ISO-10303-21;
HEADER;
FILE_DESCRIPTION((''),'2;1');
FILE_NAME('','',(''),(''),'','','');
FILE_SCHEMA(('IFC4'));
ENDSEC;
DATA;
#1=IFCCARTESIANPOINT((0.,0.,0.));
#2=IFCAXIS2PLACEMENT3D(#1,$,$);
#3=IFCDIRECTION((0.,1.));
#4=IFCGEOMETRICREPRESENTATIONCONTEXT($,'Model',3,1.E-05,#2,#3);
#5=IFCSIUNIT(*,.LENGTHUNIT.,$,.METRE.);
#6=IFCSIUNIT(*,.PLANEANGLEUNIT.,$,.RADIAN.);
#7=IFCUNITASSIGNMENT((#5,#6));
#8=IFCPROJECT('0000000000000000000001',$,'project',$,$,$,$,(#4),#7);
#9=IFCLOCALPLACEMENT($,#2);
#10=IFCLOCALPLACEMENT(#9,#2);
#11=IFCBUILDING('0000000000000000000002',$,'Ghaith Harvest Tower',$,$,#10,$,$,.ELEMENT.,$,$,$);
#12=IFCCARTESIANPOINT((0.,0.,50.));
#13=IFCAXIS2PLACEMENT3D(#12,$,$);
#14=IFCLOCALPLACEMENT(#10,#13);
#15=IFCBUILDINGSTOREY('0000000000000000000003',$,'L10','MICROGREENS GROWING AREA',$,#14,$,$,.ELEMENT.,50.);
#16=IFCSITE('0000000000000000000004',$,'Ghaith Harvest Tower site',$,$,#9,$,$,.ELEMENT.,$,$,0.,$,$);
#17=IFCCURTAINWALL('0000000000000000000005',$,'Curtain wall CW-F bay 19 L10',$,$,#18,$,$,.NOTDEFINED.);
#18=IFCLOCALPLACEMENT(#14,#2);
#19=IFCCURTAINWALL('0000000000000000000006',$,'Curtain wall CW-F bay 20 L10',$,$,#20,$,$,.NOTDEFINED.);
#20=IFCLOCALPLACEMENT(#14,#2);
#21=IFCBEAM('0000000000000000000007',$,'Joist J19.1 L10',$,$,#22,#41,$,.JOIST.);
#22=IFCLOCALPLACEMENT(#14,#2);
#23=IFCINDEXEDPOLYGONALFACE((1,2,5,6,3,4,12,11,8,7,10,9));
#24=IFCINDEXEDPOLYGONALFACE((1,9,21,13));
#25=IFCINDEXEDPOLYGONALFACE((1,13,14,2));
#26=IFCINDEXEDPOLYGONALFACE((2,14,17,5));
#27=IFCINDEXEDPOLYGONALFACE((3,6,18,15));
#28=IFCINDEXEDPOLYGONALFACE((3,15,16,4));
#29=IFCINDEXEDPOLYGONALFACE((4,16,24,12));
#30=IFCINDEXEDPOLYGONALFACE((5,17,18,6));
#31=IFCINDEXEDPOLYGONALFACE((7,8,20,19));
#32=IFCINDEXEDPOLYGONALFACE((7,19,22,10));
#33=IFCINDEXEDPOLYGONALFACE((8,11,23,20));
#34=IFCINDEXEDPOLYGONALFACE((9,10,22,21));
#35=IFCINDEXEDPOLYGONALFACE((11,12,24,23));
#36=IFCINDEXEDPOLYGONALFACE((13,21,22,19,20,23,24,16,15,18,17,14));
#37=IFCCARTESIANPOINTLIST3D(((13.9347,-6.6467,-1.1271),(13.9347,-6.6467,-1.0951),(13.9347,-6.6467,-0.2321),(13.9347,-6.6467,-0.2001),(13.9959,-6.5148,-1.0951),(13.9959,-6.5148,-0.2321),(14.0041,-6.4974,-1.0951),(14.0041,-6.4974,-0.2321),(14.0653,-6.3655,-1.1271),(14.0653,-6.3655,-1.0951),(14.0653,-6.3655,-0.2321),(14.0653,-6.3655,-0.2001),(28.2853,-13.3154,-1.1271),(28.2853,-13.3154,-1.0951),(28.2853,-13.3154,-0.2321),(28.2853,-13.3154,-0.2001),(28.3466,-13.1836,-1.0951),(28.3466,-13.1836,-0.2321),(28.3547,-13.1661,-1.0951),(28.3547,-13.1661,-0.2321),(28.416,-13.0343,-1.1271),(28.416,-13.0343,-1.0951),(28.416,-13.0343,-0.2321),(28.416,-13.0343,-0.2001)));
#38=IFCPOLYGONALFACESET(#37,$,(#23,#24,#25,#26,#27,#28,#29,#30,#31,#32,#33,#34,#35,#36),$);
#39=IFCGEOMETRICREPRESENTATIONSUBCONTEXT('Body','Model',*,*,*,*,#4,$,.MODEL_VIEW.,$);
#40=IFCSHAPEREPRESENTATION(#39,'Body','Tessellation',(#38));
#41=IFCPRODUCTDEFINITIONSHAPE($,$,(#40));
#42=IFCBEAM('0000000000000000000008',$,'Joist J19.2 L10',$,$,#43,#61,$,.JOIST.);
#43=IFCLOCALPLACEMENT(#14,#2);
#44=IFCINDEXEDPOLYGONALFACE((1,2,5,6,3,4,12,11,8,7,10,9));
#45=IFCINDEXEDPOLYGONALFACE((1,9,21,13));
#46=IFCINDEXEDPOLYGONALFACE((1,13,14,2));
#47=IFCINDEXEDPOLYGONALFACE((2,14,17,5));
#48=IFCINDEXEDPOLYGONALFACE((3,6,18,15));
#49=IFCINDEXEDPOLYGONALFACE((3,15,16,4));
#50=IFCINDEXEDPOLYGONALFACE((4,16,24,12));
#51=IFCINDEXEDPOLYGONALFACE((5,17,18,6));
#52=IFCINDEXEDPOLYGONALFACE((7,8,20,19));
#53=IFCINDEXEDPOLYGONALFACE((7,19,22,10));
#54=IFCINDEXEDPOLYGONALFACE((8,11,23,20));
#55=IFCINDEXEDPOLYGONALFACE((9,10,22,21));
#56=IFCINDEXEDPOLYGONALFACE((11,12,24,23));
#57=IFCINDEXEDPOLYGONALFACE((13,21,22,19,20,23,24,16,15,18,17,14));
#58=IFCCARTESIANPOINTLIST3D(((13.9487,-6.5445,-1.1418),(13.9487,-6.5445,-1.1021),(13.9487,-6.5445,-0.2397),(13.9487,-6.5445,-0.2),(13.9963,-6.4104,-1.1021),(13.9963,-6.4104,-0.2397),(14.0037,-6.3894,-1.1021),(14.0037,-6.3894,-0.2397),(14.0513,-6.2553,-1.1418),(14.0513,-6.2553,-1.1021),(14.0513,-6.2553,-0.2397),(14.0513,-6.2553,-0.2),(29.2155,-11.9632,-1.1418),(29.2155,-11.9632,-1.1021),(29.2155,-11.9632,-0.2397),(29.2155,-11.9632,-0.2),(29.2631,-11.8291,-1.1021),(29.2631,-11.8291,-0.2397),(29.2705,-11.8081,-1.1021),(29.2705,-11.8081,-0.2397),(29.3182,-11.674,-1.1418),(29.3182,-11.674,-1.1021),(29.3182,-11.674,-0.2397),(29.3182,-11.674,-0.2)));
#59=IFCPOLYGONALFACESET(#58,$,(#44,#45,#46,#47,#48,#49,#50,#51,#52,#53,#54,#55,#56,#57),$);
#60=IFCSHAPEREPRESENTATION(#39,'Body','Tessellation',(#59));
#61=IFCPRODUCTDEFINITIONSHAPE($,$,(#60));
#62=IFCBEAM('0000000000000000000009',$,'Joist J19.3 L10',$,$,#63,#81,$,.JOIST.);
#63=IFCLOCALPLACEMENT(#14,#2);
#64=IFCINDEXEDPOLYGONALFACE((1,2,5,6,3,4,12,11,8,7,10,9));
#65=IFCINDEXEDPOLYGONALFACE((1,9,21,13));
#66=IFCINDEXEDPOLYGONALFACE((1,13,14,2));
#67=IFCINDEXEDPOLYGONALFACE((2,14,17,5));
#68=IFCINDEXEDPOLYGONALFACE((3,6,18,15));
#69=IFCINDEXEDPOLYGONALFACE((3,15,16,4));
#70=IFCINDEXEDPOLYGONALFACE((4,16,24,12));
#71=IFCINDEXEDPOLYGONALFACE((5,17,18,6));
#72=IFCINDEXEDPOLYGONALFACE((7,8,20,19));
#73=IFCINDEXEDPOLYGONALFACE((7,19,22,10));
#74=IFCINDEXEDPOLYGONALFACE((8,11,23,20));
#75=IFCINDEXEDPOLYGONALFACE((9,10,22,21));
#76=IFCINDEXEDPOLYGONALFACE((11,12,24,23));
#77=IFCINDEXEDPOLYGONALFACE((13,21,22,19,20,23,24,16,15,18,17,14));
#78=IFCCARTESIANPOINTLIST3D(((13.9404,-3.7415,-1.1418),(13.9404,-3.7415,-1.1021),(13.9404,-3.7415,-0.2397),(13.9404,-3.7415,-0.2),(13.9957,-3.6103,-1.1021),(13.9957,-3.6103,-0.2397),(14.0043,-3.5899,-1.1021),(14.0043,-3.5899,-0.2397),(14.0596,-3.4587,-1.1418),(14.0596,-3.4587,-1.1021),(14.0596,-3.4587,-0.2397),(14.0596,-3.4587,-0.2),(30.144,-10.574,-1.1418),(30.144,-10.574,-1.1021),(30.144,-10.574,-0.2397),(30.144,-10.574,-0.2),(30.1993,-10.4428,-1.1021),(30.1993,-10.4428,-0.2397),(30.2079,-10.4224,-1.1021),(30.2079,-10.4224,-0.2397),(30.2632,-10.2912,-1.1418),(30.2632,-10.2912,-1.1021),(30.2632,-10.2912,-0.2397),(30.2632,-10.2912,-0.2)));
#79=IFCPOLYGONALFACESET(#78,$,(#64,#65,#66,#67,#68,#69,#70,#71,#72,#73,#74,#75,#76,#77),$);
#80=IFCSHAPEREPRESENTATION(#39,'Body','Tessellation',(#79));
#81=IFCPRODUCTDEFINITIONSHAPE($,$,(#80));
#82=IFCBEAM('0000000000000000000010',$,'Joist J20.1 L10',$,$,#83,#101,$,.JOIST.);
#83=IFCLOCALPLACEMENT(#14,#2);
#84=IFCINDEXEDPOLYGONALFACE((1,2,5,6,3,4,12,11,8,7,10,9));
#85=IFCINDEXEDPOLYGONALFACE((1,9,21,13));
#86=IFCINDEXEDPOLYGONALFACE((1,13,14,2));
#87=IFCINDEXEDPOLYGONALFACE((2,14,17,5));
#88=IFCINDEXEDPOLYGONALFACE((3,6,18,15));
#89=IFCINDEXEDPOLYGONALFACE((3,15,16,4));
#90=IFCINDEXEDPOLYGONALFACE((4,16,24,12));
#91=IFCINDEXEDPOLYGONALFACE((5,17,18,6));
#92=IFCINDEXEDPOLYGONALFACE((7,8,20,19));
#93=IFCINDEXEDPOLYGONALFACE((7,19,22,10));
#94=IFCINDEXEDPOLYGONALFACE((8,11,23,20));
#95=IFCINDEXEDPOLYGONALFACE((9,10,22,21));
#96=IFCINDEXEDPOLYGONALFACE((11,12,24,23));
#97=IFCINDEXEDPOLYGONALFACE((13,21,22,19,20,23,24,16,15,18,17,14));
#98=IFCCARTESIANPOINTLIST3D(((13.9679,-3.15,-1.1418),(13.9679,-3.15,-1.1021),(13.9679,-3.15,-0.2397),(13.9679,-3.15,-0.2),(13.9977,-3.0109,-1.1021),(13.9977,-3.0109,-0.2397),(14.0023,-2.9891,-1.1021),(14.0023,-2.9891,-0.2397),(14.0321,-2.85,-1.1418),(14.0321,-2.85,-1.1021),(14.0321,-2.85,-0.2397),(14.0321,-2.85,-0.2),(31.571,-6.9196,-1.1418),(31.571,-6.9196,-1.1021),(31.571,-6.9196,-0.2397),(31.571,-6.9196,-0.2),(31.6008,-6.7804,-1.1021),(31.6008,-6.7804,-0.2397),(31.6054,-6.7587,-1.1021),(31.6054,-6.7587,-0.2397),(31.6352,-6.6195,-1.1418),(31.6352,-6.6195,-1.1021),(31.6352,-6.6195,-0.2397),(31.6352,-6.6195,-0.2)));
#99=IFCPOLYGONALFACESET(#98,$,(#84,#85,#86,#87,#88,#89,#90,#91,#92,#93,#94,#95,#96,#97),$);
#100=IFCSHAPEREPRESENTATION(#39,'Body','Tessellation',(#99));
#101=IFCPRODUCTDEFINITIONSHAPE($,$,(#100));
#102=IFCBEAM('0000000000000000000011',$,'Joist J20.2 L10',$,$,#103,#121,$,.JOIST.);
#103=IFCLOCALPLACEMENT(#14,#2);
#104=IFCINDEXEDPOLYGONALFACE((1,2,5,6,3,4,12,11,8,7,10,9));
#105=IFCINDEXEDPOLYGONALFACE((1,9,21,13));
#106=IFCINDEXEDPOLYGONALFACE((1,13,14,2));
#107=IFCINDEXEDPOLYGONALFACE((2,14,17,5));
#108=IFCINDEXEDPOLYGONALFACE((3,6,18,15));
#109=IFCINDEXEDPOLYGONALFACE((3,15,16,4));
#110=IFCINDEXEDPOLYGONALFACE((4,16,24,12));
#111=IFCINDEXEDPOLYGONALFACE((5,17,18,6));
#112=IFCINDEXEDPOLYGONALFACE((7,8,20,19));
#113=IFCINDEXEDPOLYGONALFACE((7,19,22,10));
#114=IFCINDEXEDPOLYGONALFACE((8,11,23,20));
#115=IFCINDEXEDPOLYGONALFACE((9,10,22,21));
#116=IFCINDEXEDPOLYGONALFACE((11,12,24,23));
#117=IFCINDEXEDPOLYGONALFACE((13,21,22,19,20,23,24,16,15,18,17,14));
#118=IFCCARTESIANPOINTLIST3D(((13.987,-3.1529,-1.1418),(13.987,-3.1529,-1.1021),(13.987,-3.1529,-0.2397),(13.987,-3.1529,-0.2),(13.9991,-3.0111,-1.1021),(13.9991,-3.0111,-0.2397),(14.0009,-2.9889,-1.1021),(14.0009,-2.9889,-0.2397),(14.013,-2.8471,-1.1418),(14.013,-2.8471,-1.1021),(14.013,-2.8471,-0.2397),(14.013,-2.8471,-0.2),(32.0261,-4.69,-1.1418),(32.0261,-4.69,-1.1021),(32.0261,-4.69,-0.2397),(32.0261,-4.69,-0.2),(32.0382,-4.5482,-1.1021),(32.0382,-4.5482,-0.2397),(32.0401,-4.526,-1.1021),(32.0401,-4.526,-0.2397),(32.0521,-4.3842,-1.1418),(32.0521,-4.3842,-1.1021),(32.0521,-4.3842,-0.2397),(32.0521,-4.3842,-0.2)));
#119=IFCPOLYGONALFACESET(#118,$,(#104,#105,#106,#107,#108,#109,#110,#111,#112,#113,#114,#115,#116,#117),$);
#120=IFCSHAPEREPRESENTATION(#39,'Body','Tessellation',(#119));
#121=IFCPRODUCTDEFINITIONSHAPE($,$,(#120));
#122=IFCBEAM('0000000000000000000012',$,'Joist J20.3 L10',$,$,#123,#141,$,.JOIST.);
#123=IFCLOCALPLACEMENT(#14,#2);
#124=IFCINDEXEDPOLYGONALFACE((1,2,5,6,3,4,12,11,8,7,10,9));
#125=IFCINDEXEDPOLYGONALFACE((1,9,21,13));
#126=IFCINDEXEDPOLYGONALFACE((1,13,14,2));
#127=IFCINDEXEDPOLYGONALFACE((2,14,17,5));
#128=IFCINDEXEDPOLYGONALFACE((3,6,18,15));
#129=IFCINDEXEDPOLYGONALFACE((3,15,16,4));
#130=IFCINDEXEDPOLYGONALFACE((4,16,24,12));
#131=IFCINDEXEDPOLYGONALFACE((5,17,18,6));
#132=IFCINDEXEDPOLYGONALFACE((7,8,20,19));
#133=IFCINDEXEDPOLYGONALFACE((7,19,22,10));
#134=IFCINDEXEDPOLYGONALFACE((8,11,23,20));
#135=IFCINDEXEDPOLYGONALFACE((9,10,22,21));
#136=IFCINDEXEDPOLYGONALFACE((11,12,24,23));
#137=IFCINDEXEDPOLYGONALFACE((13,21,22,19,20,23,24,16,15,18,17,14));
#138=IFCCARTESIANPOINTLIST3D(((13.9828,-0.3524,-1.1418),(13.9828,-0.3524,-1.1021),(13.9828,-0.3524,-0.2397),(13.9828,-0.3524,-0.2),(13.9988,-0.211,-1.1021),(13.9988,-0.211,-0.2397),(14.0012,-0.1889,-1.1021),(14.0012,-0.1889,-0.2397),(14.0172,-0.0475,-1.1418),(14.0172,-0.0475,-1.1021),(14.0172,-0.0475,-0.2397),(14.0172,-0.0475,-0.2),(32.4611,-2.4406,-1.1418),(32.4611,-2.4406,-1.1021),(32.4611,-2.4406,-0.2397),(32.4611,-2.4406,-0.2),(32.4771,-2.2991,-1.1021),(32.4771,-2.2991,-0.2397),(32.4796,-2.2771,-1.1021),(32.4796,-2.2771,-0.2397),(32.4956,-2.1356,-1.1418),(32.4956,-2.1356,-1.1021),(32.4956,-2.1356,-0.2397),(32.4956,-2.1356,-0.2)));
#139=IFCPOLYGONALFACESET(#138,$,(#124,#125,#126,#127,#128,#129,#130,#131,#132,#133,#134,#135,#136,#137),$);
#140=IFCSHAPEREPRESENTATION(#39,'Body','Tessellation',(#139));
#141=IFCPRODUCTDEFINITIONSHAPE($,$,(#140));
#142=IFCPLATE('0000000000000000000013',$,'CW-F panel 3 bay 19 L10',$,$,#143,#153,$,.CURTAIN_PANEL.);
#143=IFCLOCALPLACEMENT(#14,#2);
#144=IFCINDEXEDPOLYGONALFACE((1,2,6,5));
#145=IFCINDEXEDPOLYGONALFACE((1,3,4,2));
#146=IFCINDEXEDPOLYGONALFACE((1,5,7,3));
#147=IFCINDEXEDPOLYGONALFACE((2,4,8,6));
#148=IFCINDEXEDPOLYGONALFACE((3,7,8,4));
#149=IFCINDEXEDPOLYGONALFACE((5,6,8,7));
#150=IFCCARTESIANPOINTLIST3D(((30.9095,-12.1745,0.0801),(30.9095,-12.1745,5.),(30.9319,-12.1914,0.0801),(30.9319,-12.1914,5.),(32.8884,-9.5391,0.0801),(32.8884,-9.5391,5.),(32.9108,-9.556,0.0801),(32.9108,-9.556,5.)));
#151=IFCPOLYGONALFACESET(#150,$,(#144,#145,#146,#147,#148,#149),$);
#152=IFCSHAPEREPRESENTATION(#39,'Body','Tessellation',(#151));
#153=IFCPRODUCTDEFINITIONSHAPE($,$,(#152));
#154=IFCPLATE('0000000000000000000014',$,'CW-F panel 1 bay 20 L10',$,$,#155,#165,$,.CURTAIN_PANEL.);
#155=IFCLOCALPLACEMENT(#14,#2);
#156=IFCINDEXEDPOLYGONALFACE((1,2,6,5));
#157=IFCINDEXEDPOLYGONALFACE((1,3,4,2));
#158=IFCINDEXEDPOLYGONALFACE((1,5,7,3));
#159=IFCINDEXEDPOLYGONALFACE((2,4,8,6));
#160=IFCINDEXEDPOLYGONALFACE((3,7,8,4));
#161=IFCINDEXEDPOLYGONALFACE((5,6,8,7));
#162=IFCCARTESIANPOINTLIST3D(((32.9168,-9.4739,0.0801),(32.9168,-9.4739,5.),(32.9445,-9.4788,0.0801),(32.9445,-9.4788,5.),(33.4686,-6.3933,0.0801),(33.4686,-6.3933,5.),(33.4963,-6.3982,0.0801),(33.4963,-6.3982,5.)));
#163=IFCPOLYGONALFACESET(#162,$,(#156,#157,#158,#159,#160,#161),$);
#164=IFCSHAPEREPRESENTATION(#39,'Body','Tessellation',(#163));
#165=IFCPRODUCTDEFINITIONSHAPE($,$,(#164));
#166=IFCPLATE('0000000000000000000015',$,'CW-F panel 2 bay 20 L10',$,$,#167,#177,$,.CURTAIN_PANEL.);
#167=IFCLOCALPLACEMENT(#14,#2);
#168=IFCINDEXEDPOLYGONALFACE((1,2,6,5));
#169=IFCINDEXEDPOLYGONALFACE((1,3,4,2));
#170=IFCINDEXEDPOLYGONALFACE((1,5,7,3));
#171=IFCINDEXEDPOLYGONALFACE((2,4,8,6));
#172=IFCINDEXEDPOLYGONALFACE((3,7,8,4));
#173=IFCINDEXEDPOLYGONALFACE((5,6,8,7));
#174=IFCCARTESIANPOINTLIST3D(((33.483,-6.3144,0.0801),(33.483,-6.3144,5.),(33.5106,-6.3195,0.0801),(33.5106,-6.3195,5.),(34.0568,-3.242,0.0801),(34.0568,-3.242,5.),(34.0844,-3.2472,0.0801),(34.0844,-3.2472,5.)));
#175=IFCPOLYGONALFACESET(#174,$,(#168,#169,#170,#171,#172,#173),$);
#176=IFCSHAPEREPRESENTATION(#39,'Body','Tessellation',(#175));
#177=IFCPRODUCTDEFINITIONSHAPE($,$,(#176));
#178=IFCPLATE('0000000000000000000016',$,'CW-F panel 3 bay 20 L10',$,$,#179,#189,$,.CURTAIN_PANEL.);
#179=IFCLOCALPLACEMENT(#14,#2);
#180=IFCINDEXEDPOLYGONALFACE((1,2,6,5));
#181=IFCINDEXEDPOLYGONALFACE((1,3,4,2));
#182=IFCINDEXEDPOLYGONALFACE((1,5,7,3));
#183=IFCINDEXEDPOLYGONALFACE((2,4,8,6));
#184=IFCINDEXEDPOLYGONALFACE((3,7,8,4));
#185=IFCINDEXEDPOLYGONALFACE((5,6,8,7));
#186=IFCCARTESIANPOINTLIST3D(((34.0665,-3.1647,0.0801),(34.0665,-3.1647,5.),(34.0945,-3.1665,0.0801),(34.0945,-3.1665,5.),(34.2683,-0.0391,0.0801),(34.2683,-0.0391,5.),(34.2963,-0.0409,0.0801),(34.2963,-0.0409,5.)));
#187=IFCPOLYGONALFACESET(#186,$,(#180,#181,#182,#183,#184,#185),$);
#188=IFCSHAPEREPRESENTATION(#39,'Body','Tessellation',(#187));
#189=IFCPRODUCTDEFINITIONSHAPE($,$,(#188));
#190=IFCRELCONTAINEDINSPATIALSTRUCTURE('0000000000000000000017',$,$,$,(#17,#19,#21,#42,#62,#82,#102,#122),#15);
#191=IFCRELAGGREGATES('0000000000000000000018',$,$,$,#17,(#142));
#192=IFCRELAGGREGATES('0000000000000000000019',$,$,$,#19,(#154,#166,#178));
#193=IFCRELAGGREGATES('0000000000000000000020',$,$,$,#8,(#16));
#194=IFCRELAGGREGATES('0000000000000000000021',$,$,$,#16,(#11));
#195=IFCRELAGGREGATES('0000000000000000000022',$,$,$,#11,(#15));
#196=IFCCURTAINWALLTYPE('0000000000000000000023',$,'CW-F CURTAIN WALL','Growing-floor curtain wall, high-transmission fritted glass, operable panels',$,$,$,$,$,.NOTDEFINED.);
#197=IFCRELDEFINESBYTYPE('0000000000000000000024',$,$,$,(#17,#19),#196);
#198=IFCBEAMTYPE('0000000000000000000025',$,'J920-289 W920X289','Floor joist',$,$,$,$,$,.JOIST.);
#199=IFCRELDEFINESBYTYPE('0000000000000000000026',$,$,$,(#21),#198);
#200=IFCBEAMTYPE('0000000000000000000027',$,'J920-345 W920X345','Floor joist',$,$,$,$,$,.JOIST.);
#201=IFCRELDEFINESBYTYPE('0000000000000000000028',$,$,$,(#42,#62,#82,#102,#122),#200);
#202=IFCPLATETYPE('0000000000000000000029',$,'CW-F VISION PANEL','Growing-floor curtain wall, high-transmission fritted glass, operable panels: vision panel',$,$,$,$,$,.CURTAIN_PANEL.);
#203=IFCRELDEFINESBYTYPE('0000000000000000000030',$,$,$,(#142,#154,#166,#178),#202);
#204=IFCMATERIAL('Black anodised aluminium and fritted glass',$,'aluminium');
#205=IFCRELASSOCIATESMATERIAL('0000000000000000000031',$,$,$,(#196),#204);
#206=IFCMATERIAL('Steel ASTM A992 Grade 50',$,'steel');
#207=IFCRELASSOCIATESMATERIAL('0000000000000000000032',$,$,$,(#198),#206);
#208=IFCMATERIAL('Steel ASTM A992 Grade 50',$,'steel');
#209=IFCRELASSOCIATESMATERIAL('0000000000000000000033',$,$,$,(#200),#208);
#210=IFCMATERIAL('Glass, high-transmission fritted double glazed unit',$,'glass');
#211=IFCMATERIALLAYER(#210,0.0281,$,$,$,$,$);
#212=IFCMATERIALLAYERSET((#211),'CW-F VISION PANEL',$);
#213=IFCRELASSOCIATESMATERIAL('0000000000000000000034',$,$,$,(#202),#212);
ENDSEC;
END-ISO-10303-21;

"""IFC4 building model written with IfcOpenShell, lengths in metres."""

from ifc_helpers import new_model, si_unit, direction, frame, origin, origin_2d, place, context, subcontext, project, spatial, rectangle, i_section, extrude, material, layer, layer_set, material_profile, profile_set, type_object, element, aggregate, save


model = new_model("IFC4")

# Units and contexts
model_context = context("Model", 3, precision=1e-05, world=origin(), true_north=direction((0.0, 1.0)))
body_context = subcontext(model_context, "Body", "Model", "MODEL_VIEW")
ifc_project = project(units=[si_unit("LENGTHUNIT", "METRE"), si_unit("PLANEANGLEUNIT", "RADIAN")], contexts=[model_context])

# Site, building, storey
site_placement = place(None, origin())
site = spatial("IfcSite", under=ifc_project, at=site_placement, Name="Ghaith Harvest Tower site", CompositionType="ELEMENT", RefElevation=0.0)
building_placement = place(site_placement, origin())
building = spatial("IfcBuilding", under=site, at=building_placement, Name="Ghaith Harvest Tower", CompositionType="ELEMENT")
storey_placement = place(building_placement, frame((0.0, 0.0, 50.0)))
storey = spatial("IfcBuildingStorey", under=building, at=storey_placement, Name="L10", Description="MICROGREENS GROWING AREA", CompositionType="ELEMENT", Elevation=50.0)

# Curtain wall
ifc_material_1 = material(Name="Black anodised aluminium and fritted glass", Category="aluminium")
curtain_wall_type = type_object("IfcCurtainWallType", Name="CW-F CURTAIN WALL", Description="Growing-floor curtain wall, high-transmission fritted glass, operable panels", PredefinedType="NOTDEFINED", material=ifc_material_1)
curtain_wall_1_placement = place(storey_placement, origin())
curtain_wall_1 = element("IfcCurtainWall", 1, at=curtain_wall_1_placement, inside=storey, type_object=curtain_wall_type, Name="Curtain wall CW-F bay 19 L10", PredefinedType="NOTDEFINED")

# Curtain wall
curtain_wall_2_placement = place(storey_placement, origin())
curtain_wall_2 = element("IfcCurtainWall", 2, at=curtain_wall_2_placement, inside=storey, type_object=curtain_wall_type, Name="Curtain wall CW-F bay 20 L10", PredefinedType="NOTDEFINED")

# Beams
ifc_material_2 = material(Name="Steel ASTM A992 Grade 50", Category="steel")
ifc_material_profile_1 = material_profile(ifc_material_2, i_section(OverallWidth=0.3101, OverallDepth=0.927, WebThickness=0.0193, FlangeThickness=0.032, at=origin_2d()), Name="W920X289")
ifc_profile_set_1 = profile_set([ifc_material_profile_1], Name="Steel ASTM A992 Grade 50")
beam_type_1 = type_object("IfcBeamType", Name="J920-289 W920X289", Description="Floor joist", PredefinedType="JOIST", material=ifc_profile_set_1)
beam_1_placement = place(storey_placement, frame((14.0, -6.5061, -0.6636), z_axis=(0.906866, -0.42142, 0.0), x_axis=(0.42142, 0.906866, 0.0)))
element("IfcBeam", 3, at=beam_1_placement, inside=storey, type_object=beam_type_1, Name="Joist J19.1 L10", PredefinedType="JOIST", context=body_context, shape_type="SweptSolid", body=[
    extrude(i_section(OverallWidth=0.3101, OverallDepth=0.927, WebThickness=0.0193, FlangeThickness=0.032, at=origin_2d()), origin(), (0.0, 0.0, 1.0), 15.8245),
])
ifc_material_3 = material(Name="Steel ASTM A992 Grade 50", Category="steel")
ifc_material_profile_2 = material_profile(ifc_material_3, i_section(OverallWidth=0.3069, OverallDepth=0.9419, WebThickness=0.0222, FlangeThickness=0.0398, at=origin_2d()), Name="W920X345")
ifc_profile_set_2 = profile_set([ifc_material_profile_2], Name="Steel ASTM A992 Grade 50")
beam_type_2 = type_object("IfcBeamType", Name="J920-345 W920X345", Description="Floor joist", PredefinedType="JOIST", material=ifc_profile_set_2)
beam_2_placement = place(storey_placement, frame((14.0, -6.3999, -0.6709), z_axis=(0.9424, -0.334488, 0.0), x_axis=(0.334488, 0.9424, 0.0)))
element("IfcBeam", 4, at=beam_2_placement, inside=storey, type_object=beam_type_2, Name="Joist J19.2 L10", PredefinedType="JOIST", context=body_context, shape_type="SweptSolid", body=[
    extrude(i_section(OverallWidth=0.3069, OverallDepth=0.9419, WebThickness=0.0222, FlangeThickness=0.0398, at=origin_2d()), origin(), (0.0, 0.0, 1.0), 16.2),
])
beam_3_placement = place(storey_placement, frame((14.0, -3.6001, -0.6709), z_axis=(0.921433, -0.388537, 0.0), x_axis=(0.388537, 0.921433, 0.0)))
element("IfcBeam", 5, at=beam_3_placement, inside=storey, type_object=beam_type_2, Name="Joist J19.3 L10", PredefinedType="JOIST", context=body_context, shape_type="SweptSolid", body=[
    extrude(i_section(OverallWidth=0.3069, OverallDepth=0.9419, WebThickness=0.0222, FlangeThickness=0.0398, at=origin_2d()), origin(), (0.0, 0.0, 1.0), 17.5852),
])
beam_4_placement = place(storey_placement, frame((14.0, -3.0, -0.6709), z_axis=(0.977831, -0.209394, 0.0), x_axis=(0.209394, 0.977831, 0.0)))
element("IfcBeam", 6, at=beam_4_placement, inside=storey, type_object=beam_type_2, Name="Joist J20.1 L10", PredefinedType="JOIST", context=body_context, shape_type="SweptSolid", body=[
    extrude(i_section(OverallWidth=0.3069, OverallDepth=0.9419, WebThickness=0.0222, FlangeThickness=0.0398, at=origin_2d()), origin(), (0.0, 0.0, 1.0), 18.0022),
])
beam_5_placement = place(storey_placement, frame((14.0, -3.0, -0.6709), z_axis=(0.996389, -0.084902, 0.0), x_axis=(0.084902, 0.996389, 0.0)))
element("IfcBeam", 7, at=beam_5_placement, inside=storey, type_object=beam_type_2, Name="Joist J20.2 L10", PredefinedType="JOIST", context=body_context, shape_type="SweptSolid", body=[
    extrude(i_section(OverallWidth=0.3069, OverallDepth=0.9419, WebThickness=0.0222, FlangeThickness=0.0398, at=origin_2d()), origin(), (0.0, 0.0, 1.0), 18.1045),
])
beam_6_placement = place(storey_placement, frame((14.0, -0.2, -0.6709), z_axis=(0.993675, -0.11229, 0.0), x_axis=(0.11229, 0.993675, 0.0)))
element("IfcBeam", 8, at=beam_6_placement, inside=storey, type_object=beam_type_2, Name="Joist J20.3 L10", PredefinedType="JOIST", context=body_context, shape_type="SweptSolid", body=[
    extrude(i_section(OverallWidth=0.3069, OverallDepth=0.9419, WebThickness=0.0222, FlangeThickness=0.0398, at=origin_2d()), origin(), (0.0, 0.0, 1.0), 18.5959),
])

# Plates
ifc_material_4 = material(Name="Glass, high-transmission fritted double glazed unit", Category="glass")
ifc_layer_1 = layer(ifc_material_4, 0.0281)
ifc_layer_set_1 = layer_set([ifc_layer_1], Name="CW-F VISION PANEL")
plate_type = type_object("IfcPlateType", Name="CW-F VISION PANEL", Description="Growing-floor curtain wall, high-transmission fritted glass, operable panels: vision panel", PredefinedType="CURTAIN_PANEL", material=ifc_layer_set_1)
plate_1_placement = place(storey_placement, frame((31.9102, -10.8652, 0.0801), z_axis=(0.0, 0.0, 1.0), x_axis=(0.600454, 0.799659, 0.0)))
plate_1 = element("IfcPlate", 9, at=plate_1_placement, type_object=plate_type, Name="CW-F panel 3 bay 19 L10", PredefinedType="CURTAIN_PANEL", context=body_context, shape_type="SweptSolid", body=[
    extrude(rectangle(XDim=3.2957, YDim=0.0281, at=origin_2d()), origin(), (0.0, 0.0, 1.0), 4.9199),
])
aggregate(curtain_wall_1, [plate_1])
plate_2_placement = place(storey_placement, frame((33.2065, -7.936, 0.0801), z_axis=(0.0, 0.0, 1.0), x_axis=(0.17632, 0.984333, 0.0)))
plate_2 = element("IfcPlate", 10, at=plate_2_placement, type_object=plate_type, Name="CW-F panel 1 bay 20 L10", PredefinedType="CURTAIN_PANEL", context=body_context, shape_type="SweptSolid", body=[
    extrude(rectangle(XDim=3.1296, YDim=0.0281, at=origin_2d()), origin(), (0.0, 0.0, 1.0), 4.9199),
])
plate_3_placement = place(storey_placement, frame((33.7837, -4.7808, 0.0801), z_axis=(0.0, 0.0, 1.0), x_axis=(0.183569, 0.983007, 0.0)))
plate_3 = element("IfcPlate", 11, at=plate_3_placement, type_object=plate_type, Name="CW-F panel 2 bay 20 L10", PredefinedType="CURTAIN_PANEL", context=body_context, shape_type="SweptSolid", body=[
    extrude(rectangle(XDim=3.1255, YDim=0.0281, at=origin_2d()), origin(), (0.0, 0.0, 1.0), 4.9199),
])
plate_4_placement = place(storey_placement, frame((34.1814, -1.6028, 0.0801), z_axis=(0.0, 0.0, 1.0), x_axis=(0.064446, 0.997921, 0.0)))
plate_4 = element("IfcPlate", 12, at=plate_4_placement, type_object=plate_type, Name="CW-F panel 3 bay 20 L10", PredefinedType="CURTAIN_PANEL", context=body_context, shape_type="SweptSolid", body=[
    extrude(rectangle(XDim=3.1321, YDim=0.0281, at=origin_2d()), origin(), (0.0, 0.0, 1.0), 4.9199),
])
aggregate(curtain_wall_2, [plate_2, plate_3, plate_4])

save(model, "model.ifc")
